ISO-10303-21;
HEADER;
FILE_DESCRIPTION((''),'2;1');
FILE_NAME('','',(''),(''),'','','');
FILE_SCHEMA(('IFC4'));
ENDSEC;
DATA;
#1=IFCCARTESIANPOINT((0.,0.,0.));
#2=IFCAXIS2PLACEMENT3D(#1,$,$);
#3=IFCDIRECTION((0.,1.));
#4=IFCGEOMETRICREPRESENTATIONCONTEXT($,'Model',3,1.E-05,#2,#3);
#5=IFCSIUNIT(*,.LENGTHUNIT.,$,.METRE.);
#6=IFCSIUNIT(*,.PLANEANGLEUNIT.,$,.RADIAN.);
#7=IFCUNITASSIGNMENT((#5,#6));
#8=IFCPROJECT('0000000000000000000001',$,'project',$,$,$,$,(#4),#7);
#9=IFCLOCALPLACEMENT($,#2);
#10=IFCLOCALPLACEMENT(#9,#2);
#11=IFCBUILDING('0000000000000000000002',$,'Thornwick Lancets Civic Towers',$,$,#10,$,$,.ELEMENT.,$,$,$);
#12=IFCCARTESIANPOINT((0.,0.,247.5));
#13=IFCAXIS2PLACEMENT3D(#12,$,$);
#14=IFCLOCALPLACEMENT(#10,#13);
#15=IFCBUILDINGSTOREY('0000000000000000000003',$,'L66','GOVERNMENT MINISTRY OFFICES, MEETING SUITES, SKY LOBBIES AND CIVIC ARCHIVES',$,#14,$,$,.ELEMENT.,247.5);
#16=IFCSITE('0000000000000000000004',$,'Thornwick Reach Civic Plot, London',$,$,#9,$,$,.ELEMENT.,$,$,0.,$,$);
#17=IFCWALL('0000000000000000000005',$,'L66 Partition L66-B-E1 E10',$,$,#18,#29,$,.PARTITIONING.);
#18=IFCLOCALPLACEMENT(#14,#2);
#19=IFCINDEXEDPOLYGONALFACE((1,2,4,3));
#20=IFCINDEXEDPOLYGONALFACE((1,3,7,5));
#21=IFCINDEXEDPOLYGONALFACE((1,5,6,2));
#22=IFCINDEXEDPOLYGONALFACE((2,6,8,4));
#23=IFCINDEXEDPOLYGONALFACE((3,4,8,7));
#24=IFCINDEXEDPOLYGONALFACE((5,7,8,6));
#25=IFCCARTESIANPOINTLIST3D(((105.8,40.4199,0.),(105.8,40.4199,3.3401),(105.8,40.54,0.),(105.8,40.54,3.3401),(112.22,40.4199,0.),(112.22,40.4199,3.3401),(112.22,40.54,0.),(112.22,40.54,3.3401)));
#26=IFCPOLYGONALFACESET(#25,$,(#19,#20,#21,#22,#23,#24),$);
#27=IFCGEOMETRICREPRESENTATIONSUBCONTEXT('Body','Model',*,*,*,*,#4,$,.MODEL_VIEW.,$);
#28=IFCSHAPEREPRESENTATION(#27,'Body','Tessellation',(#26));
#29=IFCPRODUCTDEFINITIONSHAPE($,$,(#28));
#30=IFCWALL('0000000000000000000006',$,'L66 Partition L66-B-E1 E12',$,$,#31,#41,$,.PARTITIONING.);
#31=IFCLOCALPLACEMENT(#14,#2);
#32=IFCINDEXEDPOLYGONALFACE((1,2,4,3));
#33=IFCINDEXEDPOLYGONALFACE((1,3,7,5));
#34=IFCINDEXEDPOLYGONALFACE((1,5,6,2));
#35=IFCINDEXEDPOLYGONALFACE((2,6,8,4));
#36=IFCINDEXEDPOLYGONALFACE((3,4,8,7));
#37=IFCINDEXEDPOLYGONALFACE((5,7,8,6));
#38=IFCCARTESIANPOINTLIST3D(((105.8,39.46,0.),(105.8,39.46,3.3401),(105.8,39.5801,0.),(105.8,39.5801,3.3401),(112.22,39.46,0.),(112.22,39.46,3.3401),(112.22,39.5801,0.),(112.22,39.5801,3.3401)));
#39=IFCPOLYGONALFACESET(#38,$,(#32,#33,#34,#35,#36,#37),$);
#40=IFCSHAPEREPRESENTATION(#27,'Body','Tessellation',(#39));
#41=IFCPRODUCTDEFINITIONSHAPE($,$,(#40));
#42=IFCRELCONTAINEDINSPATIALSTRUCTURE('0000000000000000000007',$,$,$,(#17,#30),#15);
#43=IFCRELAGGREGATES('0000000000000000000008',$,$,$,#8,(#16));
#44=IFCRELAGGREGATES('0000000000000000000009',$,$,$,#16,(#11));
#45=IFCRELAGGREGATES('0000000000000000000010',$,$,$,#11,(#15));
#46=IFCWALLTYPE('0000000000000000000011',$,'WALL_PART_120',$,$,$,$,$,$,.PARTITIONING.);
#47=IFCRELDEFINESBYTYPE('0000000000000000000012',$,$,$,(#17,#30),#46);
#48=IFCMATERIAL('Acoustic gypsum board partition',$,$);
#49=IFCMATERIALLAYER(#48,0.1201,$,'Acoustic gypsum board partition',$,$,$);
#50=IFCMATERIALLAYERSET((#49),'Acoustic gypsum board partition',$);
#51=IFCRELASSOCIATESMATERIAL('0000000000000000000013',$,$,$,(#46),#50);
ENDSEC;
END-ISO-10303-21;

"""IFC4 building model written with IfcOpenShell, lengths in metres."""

from ifc_helpers import new_model, si_unit, direction, frame, frame_2d, origin, place, context, subcontext, project, spatial, rectangle, extrude, material, layer, layer_set, type_object, element, save


model = new_model("IFC4")

# Units and contexts
model_context = context("Model", 3, precision=1e-05, world=origin(), true_north=direction((0.0, 1.0)))
body_context = subcontext(model_context, "Body", "Model", "MODEL_VIEW")
ifc_project = project(units=[si_unit("LENGTHUNIT", "METRE"), si_unit("PLANEANGLEUNIT", "RADIAN")], contexts=[model_context])

# Site, building, storey
site_placement = place(None, origin())
site = spatial("IfcSite", under=ifc_project, at=site_placement, Name="Thornwick Reach Civic Plot, London", CompositionType="ELEMENT", RefElevation=0.0)
building_placement = place(site_placement, origin())
building = spatial("IfcBuilding", under=site, at=building_placement, Name="Thornwick Lancets Civic Towers", CompositionType="ELEMENT")
storey_placement = place(building_placement, frame((0.0, 0.0, 247.5)))
storey = spatial("IfcBuildingStorey", under=building, at=storey_placement, Name="L66", Description="GOVERNMENT MINISTRY OFFICES, MEETING SUITES, SKY LOBBIES AND CIVIC ARCHIVES", CompositionType="ELEMENT", Elevation=247.5)

# Walls
ifc_material_1 = material(Name="Acoustic gypsum board partition")
ifc_layer_1 = layer(ifc_material_1, 0.1201, Name="Acoustic gypsum board partition")
ifc_layer_set_1 = layer_set([ifc_layer_1], Name="Acoustic gypsum board partition")
wall_type_1 = type_object("IfcWallType", Name="WALL_PART_120", PredefinedType="PARTITIONING", material=ifc_layer_set_1)
for number, where, z_axis, x_axis, name in (
    (1, (112.22, 40.48, 0.0), (0.0, 0.0, 1.0), (-1.0, 0.0, 0.0), "L66 Partition L66-B-E1 E10"),
    (2, (105.8, 39.52, 0.0), (0.0, 0.0, 1.0), (1.0, 0.0, 0.0), "L66 Partition L66-B-E1 E12"),
):
    element("IfcWall", number, at=place(storey_placement, frame(where, z_axis=z_axis, x_axis=x_axis)), inside=storey, type_object=wall_type_1, Name=name, PredefinedType="PARTITIONING", context=body_context, shape_type="SweptSolid", body=[
        extrude(rectangle(XDim=6.4199, YDim=0.1201, at=frame_2d((3.21, 0.0))), origin(), (0.0, 0.0, 1.0), 3.3401),
    ])

save(model, "model.ifc")
